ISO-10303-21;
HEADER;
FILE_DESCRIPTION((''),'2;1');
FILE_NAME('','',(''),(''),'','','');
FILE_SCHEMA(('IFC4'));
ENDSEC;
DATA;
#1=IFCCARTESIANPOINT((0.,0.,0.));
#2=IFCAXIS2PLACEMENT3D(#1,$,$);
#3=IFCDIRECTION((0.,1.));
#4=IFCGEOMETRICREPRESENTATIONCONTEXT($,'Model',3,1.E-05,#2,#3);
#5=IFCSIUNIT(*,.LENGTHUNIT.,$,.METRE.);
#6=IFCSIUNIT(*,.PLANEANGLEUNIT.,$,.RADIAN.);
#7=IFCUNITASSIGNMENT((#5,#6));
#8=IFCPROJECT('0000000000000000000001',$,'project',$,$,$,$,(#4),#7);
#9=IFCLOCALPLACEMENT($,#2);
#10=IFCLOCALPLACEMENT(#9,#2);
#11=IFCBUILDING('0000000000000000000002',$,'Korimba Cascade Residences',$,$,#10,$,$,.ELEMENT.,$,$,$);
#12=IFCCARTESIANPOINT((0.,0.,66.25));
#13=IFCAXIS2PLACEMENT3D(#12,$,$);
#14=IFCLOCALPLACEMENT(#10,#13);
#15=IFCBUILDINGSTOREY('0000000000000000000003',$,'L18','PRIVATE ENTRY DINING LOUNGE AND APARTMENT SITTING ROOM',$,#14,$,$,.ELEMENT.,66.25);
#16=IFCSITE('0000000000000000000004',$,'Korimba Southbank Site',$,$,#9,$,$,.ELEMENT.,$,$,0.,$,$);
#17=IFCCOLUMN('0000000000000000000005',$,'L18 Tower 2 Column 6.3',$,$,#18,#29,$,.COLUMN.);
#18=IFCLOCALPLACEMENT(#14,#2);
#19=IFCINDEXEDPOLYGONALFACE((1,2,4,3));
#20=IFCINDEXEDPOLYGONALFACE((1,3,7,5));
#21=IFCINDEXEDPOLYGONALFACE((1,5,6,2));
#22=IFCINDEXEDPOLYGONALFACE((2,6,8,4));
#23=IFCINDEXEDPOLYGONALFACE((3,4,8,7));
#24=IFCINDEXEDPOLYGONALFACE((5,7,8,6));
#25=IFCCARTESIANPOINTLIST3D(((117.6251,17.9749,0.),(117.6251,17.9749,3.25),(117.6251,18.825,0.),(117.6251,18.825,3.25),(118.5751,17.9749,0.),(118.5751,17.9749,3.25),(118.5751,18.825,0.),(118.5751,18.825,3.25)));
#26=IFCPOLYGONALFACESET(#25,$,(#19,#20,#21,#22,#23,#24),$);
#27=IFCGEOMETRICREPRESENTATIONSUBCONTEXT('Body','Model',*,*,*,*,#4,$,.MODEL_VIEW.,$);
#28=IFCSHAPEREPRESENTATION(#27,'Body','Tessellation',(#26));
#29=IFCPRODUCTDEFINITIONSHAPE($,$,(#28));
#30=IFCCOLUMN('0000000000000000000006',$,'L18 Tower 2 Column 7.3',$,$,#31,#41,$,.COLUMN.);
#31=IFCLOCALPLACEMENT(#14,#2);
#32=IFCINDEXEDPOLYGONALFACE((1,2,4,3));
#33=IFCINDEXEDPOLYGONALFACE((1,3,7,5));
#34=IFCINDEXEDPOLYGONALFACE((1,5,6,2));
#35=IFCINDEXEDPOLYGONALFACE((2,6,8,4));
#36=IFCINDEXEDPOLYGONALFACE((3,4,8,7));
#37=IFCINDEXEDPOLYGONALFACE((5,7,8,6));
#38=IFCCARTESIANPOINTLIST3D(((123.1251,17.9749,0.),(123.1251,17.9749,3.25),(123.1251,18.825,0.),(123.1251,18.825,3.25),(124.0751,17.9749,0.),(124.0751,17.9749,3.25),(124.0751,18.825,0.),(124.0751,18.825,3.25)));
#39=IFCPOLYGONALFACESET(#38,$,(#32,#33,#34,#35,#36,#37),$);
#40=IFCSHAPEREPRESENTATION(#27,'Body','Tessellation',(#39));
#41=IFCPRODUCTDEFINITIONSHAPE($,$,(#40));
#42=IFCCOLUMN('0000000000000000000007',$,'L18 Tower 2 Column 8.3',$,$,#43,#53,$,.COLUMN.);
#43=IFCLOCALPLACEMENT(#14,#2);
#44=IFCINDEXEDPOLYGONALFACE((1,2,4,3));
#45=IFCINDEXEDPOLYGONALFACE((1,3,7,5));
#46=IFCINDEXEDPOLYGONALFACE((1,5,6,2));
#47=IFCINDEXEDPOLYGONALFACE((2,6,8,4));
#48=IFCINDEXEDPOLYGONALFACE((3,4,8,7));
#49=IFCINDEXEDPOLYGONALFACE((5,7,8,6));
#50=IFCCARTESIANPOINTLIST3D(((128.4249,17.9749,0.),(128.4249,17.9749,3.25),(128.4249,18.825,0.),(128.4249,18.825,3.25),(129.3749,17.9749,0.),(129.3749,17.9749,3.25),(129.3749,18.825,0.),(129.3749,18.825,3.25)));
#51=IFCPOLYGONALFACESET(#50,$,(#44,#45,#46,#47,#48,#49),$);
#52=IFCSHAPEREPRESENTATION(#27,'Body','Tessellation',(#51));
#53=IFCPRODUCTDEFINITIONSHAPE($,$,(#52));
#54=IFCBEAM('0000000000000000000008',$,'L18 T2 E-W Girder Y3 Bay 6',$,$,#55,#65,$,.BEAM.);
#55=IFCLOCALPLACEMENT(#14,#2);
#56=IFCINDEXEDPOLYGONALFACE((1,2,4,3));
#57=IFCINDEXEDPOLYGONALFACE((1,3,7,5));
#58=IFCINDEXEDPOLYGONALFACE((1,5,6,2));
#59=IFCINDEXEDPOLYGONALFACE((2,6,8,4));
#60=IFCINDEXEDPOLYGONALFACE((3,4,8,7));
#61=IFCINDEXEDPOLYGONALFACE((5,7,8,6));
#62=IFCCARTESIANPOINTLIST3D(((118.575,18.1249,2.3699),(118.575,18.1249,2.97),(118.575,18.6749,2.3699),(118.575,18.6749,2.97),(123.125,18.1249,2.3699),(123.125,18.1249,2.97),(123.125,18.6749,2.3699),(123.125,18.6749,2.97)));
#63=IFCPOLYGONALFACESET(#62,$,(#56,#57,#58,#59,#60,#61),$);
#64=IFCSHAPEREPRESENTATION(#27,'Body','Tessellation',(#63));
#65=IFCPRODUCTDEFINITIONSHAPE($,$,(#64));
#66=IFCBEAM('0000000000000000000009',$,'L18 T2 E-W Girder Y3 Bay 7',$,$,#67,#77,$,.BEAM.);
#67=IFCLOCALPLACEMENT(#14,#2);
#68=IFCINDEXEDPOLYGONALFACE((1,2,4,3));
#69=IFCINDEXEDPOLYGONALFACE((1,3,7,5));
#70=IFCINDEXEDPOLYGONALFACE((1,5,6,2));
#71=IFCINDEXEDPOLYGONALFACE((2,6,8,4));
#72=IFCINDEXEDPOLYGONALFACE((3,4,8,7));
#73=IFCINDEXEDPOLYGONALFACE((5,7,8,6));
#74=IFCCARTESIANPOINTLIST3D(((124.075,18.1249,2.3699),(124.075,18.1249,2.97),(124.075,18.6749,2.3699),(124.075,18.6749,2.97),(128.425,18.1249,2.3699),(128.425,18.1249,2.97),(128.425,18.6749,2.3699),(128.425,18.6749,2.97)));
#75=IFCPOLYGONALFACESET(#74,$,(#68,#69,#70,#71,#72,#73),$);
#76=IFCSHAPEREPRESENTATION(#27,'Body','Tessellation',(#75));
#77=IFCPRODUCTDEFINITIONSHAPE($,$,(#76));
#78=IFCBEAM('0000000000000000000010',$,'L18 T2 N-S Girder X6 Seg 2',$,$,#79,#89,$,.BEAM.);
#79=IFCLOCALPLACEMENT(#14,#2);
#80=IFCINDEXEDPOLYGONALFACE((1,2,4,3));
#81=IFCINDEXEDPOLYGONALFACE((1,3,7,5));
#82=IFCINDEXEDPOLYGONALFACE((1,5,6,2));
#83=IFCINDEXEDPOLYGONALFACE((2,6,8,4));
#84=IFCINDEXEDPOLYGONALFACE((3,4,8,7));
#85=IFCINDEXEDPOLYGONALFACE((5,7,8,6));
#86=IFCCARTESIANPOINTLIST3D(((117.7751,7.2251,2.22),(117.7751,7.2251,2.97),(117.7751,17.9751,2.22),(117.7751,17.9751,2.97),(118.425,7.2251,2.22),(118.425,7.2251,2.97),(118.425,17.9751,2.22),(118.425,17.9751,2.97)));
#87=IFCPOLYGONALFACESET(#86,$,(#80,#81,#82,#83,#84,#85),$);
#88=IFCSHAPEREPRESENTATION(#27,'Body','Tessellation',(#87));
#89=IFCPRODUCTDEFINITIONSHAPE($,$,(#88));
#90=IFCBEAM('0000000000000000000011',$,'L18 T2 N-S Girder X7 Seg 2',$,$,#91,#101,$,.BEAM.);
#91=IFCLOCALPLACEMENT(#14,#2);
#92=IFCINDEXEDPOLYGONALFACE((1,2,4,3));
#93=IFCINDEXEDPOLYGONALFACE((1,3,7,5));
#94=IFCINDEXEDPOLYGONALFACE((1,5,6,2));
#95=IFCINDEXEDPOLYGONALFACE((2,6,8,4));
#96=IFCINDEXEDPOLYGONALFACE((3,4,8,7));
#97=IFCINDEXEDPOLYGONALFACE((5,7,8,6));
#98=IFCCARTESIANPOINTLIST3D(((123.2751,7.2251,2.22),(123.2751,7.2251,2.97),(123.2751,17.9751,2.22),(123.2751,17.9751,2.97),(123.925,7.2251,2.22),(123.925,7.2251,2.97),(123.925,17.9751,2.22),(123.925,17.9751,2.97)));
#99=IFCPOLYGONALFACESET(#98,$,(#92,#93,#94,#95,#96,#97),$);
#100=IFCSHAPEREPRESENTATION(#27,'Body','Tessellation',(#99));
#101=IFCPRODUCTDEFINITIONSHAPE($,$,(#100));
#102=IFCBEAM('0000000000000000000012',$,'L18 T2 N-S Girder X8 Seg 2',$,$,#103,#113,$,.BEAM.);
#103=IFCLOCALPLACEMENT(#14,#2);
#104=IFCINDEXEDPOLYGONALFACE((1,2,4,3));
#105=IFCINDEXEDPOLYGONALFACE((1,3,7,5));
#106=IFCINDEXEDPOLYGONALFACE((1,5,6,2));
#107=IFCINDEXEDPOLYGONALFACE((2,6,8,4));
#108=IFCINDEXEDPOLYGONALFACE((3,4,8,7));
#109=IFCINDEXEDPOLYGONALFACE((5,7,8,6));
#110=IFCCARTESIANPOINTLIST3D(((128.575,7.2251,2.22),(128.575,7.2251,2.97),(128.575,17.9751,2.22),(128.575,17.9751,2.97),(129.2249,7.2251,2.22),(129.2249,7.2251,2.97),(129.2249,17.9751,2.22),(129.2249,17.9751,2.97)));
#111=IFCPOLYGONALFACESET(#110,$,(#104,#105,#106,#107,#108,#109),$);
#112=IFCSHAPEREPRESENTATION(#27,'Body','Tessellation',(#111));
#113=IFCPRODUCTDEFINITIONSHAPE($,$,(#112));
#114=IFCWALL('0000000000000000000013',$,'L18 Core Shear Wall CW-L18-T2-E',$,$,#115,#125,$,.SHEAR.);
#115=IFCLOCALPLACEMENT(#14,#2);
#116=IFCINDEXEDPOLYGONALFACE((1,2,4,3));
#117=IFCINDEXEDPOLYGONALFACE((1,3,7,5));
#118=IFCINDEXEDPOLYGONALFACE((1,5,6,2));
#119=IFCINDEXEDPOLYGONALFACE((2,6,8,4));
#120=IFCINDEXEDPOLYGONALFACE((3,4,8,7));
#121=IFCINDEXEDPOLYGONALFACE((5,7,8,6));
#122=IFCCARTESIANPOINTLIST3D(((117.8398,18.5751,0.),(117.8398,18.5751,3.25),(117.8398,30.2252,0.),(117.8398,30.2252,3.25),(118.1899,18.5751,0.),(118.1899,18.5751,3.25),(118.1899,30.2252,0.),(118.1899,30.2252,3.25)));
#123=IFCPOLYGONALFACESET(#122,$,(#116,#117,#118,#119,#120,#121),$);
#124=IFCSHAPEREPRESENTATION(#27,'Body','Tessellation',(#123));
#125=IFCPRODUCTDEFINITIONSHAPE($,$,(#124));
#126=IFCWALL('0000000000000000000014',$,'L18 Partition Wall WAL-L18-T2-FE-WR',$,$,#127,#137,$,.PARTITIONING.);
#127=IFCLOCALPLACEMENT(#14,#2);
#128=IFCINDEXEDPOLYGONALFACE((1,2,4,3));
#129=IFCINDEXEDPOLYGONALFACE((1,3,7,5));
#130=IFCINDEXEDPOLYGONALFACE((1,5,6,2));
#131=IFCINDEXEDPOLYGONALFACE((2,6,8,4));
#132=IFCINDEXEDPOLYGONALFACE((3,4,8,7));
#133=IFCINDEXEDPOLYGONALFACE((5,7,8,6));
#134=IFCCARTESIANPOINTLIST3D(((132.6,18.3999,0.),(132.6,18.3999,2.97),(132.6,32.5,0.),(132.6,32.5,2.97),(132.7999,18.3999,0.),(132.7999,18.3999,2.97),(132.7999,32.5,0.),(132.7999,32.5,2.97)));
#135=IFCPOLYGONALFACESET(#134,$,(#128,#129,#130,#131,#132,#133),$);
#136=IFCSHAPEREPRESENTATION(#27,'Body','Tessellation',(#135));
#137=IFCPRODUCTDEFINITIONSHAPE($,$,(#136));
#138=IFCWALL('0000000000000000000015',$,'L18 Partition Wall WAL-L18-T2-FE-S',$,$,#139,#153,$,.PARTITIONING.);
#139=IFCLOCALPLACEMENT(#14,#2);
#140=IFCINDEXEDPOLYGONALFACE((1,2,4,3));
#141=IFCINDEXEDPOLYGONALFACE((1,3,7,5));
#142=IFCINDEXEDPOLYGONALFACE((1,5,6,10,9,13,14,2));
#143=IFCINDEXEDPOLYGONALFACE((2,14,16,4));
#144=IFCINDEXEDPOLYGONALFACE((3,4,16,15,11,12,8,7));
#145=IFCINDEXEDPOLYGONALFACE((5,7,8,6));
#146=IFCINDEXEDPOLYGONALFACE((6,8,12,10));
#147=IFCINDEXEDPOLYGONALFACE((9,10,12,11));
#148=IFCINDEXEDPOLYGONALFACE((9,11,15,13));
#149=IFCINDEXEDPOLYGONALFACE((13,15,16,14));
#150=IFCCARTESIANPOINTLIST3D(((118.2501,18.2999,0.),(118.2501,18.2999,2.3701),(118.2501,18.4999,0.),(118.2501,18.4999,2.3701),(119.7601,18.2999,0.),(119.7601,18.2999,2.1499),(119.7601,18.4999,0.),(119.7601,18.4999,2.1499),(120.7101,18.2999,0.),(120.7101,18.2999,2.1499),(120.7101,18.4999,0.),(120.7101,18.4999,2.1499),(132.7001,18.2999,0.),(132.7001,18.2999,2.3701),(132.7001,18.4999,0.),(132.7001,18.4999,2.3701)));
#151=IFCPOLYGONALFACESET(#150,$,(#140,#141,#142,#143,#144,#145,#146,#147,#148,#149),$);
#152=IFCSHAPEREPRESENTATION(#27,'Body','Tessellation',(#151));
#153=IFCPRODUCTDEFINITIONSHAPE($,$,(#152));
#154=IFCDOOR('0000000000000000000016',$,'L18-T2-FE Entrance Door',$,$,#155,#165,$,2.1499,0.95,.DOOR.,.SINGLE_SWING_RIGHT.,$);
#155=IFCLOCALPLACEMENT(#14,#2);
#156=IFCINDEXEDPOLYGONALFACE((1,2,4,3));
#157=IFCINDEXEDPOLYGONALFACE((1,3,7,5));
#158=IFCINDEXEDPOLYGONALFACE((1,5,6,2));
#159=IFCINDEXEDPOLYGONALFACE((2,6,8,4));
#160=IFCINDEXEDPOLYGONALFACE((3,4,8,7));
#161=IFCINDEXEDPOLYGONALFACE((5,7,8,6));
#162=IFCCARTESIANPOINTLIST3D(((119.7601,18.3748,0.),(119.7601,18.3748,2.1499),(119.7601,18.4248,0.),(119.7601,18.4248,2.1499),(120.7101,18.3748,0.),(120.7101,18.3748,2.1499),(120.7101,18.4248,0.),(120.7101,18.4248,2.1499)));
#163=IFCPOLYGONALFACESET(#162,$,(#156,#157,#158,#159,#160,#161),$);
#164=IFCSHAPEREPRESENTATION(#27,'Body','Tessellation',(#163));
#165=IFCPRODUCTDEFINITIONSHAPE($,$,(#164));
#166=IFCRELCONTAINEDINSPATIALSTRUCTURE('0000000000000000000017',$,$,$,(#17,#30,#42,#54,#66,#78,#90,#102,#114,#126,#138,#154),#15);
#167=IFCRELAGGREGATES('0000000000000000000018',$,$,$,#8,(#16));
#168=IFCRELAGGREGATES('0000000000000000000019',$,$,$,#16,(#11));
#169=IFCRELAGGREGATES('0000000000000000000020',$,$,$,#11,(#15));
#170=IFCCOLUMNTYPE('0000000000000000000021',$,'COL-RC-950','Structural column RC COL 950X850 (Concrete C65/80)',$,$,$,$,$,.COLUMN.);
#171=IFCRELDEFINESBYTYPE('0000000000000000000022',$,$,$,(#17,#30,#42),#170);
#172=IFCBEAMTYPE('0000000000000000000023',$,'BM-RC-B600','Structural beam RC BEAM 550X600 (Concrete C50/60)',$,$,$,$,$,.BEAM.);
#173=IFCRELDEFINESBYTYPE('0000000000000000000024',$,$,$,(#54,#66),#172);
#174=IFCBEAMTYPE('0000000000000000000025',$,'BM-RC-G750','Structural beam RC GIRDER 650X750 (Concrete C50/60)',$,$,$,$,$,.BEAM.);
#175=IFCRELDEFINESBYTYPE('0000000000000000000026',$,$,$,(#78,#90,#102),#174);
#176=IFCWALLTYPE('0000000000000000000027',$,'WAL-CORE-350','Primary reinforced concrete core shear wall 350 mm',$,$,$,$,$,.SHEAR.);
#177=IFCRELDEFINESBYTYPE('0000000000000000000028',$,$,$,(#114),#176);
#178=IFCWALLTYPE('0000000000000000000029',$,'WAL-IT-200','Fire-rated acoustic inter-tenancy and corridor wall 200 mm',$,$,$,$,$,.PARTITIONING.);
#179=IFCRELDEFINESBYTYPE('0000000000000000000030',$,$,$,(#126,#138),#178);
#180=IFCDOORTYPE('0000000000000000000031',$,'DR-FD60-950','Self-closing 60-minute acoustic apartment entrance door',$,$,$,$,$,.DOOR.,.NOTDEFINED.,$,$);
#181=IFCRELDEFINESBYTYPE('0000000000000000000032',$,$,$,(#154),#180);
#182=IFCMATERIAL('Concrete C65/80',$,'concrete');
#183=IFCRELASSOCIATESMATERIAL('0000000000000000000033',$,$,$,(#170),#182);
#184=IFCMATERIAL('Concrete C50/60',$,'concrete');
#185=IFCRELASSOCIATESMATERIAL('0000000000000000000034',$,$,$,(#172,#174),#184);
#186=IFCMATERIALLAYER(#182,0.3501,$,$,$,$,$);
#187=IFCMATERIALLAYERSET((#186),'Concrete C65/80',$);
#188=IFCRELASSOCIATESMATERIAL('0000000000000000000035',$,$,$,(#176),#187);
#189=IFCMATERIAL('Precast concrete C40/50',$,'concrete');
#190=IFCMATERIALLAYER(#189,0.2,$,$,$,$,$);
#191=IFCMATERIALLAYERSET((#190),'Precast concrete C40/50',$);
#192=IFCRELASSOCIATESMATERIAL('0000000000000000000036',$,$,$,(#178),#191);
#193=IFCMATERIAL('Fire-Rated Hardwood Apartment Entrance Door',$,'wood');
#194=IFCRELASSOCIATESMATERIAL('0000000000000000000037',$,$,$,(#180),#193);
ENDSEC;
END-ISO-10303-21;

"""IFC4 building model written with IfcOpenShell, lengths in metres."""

from ifc_helpers import new_model, si_unit, direction, frame, frame_2d, origin, origin_2d, place, context, subcontext, project, spatial, rectangle, extrude, material, layer, layer_set, material_profile, profile_set, type_object, element, fill, save


model = new_model("IFC4")

# Units and contexts
model_context = context("Model", 3, precision=1e-05, world=origin(), true_north=direction((0.0, 1.0)))
body_context = subcontext(model_context, "Body", "Model", "MODEL_VIEW")
ifc_project = project(units=[si_unit("LENGTHUNIT", "METRE"), si_unit("PLANEANGLEUNIT", "RADIAN")], contexts=[model_context])

# Site, building, storey
site_placement = place(None, origin())
site = spatial("IfcSite", under=ifc_project, at=site_placement, Name="Korimba Southbank Site", CompositionType="ELEMENT", RefElevation=0.0)
building_placement = place(site_placement, origin())
building = spatial("IfcBuilding", under=site, at=building_placement, Name="Korimba Cascade Residences", CompositionType="ELEMENT")
storey_placement = place(building_placement, frame((0.0, 0.0, 66.25)))
storey = spatial("IfcBuildingStorey", under=building, at=storey_placement, Name="L18", Description="PRIVATE ENTRY DINING LOUNGE AND APARTMENT SITTING ROOM", CompositionType="ELEMENT", Elevation=66.25)

# Columns
ifc_material_1 = material(Name="Concrete C65/80", Category="concrete")
ifc_material_profile_1 = material_profile(ifc_material_1, rectangle(XDim=0.95, YDim=0.8501, at=origin_2d()), Name="Concrete C65/80")
ifc_profile_set_1 = profile_set([ifc_material_profile_1], Name="Concrete C65/80")
column_type = type_object("IfcColumnType", Name="COL-RC-950", Description="Structural column RC COL 950X850 (Concrete C65/80)", PredefinedType="COLUMN", material=ifc_profile_set_1)
for number, where, z_axis, x_axis, name in (
    (1, (118.1001, 18.3999, 0.0), (0.0, 0.0, 1.0), (1.0, 0.0, 0.0), "L18 Tower 2 Column 6.3"),
    (2, (123.6001, 18.3999, 0.0), (0.0, 0.0, 1.0), (1.0, 0.0, 0.0), "L18 Tower 2 Column 7.3"),
    (3, (128.8999, 18.3999, 0.0), (0.0, 0.0, 1.0), (1.0, 0.0, 0.0), "L18 Tower 2 Column 8.3"),
):
    element("IfcColumn", number, at=place(storey_placement, frame(where, z_axis=z_axis, x_axis=x_axis)), inside=storey, type_object=column_type, Name=name, PredefinedType="COLUMN", context=body_context, shape_type="SweptSolid", body=[
        extrude(rectangle(XDim=0.95, YDim=0.8501, at=origin_2d()), origin(), (0.0, 0.0, 1.0), 3.25),
    ])

# Beams
ifc_material_2 = material(Name="Concrete C50/60", Category="concrete")
ifc_material_profile_2 = material_profile(ifc_material_2, rectangle(XDim=0.55, YDim=0.6001, at=origin_2d()), Name="Concrete C50/60")
ifc_profile_set_2 = profile_set([ifc_material_profile_2], Name="Concrete C50/60")
beam_type_1 = type_object("IfcBeamType", Name="BM-RC-B600", Description="Structural beam RC BEAM 550X600 (Concrete C50/60)", PredefinedType="BEAM", material=ifc_profile_set_2)
beam_1_placement = place(storey_placement, frame((118.575, 18.3999, 2.6699), z_axis=(1.0, 0.0, 0.0), x_axis=(0.0, 1.0, 0.0)))
element("IfcBeam", 4, at=beam_1_placement, inside=storey, type_object=beam_type_1, Name="L18 T2 E-W Girder Y3 Bay 6", PredefinedType="BEAM", context=body_context, shape_type="SweptSolid", body=[
    extrude(rectangle(XDim=0.55, YDim=0.6001, at=origin_2d()), origin(), (0.0, 0.0, 1.0), 4.55),
])
beam_2_placement = place(storey_placement, frame((124.075, 18.3999, 2.6699), z_axis=(1.0, 0.0, 0.0), x_axis=(0.0, 1.0, 0.0)))
element("IfcBeam", 5, at=beam_2_placement, inside=storey, type_object=beam_type_1, Name="L18 T2 E-W Girder Y3 Bay 7", PredefinedType="BEAM", context=body_context, shape_type="SweptSolid", body=[
    extrude(rectangle(XDim=0.55, YDim=0.6001, at=origin_2d()), origin(), (0.0, 0.0, 1.0), 4.3501),
])
ifc_material_profile_3 = material_profile(ifc_material_2, rectangle(XDim=0.6499, YDim=0.75, at=origin_2d()), Name="Concrete C50/60")
ifc_profile_set_3 = profile_set([ifc_material_profile_3], Name="Concrete C50/60")
beam_type_2 = type_object("IfcBeamType", Name="BM-RC-G750", Description="Structural beam RC GIRDER 650X750 (Concrete C50/60)", PredefinedType="BEAM", material=ifc_profile_set_3)
for number, where, z_axis, x_axis, name in (
    (6, (118.1001, 7.2251, 2.595), (0.0, 1.0, 0.0), (-1.0, 0.0, 0.0), "L18 T2 N-S Girder X6 Seg 2"),
    (7, (123.6001, 7.2251, 2.595), (0.0, 1.0, 0.0), (-1.0, 0.0, 0.0), "L18 T2 N-S Girder X7 Seg 2"),
    (8, (128.8999, 7.2251, 2.595), (0.0, 1.0, 0.0), (-1.0, 0.0, 0.0), "L18 T2 N-S Girder X8 Seg 2"),
):
    element("IfcBeam", number, at=place(storey_placement, frame(where, z_axis=z_axis, x_axis=x_axis)), inside=storey, type_object=beam_type_2, Name=name, PredefinedType="BEAM", context=body_context, shape_type="SweptSolid", body=[
        extrude(rectangle(XDim=0.6499, YDim=0.75, at=origin_2d()), origin(), (0.0, 0.0, 1.0), 10.75),
    ])

# Walls
ifc_layer_1 = layer(ifc_material_1, 0.3501)
ifc_layer_set_1 = layer_set([ifc_layer_1], Name="Concrete C65/80")
wall_type_1 = type_object("IfcWallType", Name="WAL-CORE-350", Description="Primary reinforced concrete core shear wall 350 mm", PredefinedType="SHEAR", material=ifc_layer_set_1)
wall_1_placement = place(storey_placement, frame((118.0149, 18.575, 0.0), z_axis=(0.0, 0.0, 1.0), x_axis=(0.0, 1.0, 0.0)))
element("IfcWall", 9, at=wall_1_placement, inside=storey, type_object=wall_type_1, Name="L18 Core Shear Wall CW-L18-T2-E", PredefinedType="SHEAR", context=body_context, shape_type="SweptSolid", body=[
    extrude(rectangle(XDim=11.6501, YDim=0.3501, at=frame_2d((5.8252, 0.0))), origin(), (0.0, 0.0, 1.0), 3.25),
])
ifc_material_3 = material(Name="Precast concrete C40/50", Category="concrete")
ifc_layer_2 = layer(ifc_material_3, 0.2)
ifc_layer_set_2 = layer_set([ifc_layer_2], Name="Precast concrete C40/50")
wall_type_2 = type_object("IfcWallType", Name="WAL-IT-200", Description="Fire-rated acoustic inter-tenancy and corridor wall 200 mm", PredefinedType="PARTITIONING", material=ifc_layer_set_2)
wall_2_placement = place(storey_placement, frame((132.7, 18.3999, 0.0), z_axis=(0.0, 0.0, 1.0), x_axis=(0.0, 1.0, 0.0)))
element("IfcWall", 10, at=wall_2_placement, inside=storey, type_object=wall_type_2, Name="L18 Partition Wall WAL-L18-T2-FE-WR", PredefinedType="PARTITIONING", context=body_context, shape_type="SweptSolid", body=[
    extrude(rectangle(XDim=14.1001, YDim=0.2, at=frame_2d((7.05, 0.0))), origin(), (0.0, 0.0, 1.0), 2.97),
])

# Wall, opening, door
wall_3_placement = place(storey_placement, frame((118.25, 18.3999, 0.0), z_axis=(0.0, 0.0, 1.0), x_axis=(1.0, 0.0, 0.0)))
wall_3 = element("IfcWall", 11, at=wall_3_placement, inside=storey, type_object=wall_type_2, Name="L18 Partition Wall WAL-L18-T2-FE-S", PredefinedType="PARTITIONING", context=body_context, shape_type="SweptSolid", body=[
    extrude(rectangle(XDim=14.45, YDim=0.2, at=frame_2d((7.2251, 0.0))), origin(), (0.0, 0.0, 1.0), 2.3701),
])
opening_1_placement = place(wall_3_placement, frame((1.51, 0.0, 0.0)))
opening_1 = element("IfcOpeningElement", 12, at=opening_1_placement, cuts=wall_3, PredefinedType="OPENING", context=body_context, shape_type="SweptSolid", body=[
    extrude(rectangle(XDim=0.95, YDim=2.1499, at=frame_2d((0.4751, 1.075))), frame((0.0, 0.1099, 0.0), z_axis=(0.0, -1.0, 0.0), x_axis=(1.0, 0.0, 0.0)), (0.0, 0.0, 1.0), 0.22),
])
ifc_material_4 = material(Name="Fire-Rated Hardwood Apartment Entrance Door", Category="wood")
door_type_1 = type_object("IfcDoorType", Name="DR-FD60-950", Description="Self-closing 60-minute acoustic apartment entrance door", OperationType="NOTDEFINED", PredefinedType="DOOR", material=ifc_material_4)
door_1_placement = place(opening_1_placement, origin())
door_1 = element("IfcDoor", 13, at=door_1_placement, inside=storey, type_object=door_type_1, Name="L18-T2-FE Entrance Door", OperationType="SINGLE_SWING_RIGHT", OverallHeight=2.1499, OverallWidth=0.95, PredefinedType="DOOR", context=body_context, shape_type="SweptSolid", body=[
    extrude(rectangle(XDim=0.95, YDim=2.1499, at=frame_2d((0.4751, 1.075))), frame((0.0, 0.0249, 0.0), z_axis=(0.0, -1.0, 0.0), x_axis=(1.0, 0.0, 0.0)), (0.0, 0.0, 1.0), 0.05),
])
fill(opening_1, door_1)

save(model, "model.ifc")
